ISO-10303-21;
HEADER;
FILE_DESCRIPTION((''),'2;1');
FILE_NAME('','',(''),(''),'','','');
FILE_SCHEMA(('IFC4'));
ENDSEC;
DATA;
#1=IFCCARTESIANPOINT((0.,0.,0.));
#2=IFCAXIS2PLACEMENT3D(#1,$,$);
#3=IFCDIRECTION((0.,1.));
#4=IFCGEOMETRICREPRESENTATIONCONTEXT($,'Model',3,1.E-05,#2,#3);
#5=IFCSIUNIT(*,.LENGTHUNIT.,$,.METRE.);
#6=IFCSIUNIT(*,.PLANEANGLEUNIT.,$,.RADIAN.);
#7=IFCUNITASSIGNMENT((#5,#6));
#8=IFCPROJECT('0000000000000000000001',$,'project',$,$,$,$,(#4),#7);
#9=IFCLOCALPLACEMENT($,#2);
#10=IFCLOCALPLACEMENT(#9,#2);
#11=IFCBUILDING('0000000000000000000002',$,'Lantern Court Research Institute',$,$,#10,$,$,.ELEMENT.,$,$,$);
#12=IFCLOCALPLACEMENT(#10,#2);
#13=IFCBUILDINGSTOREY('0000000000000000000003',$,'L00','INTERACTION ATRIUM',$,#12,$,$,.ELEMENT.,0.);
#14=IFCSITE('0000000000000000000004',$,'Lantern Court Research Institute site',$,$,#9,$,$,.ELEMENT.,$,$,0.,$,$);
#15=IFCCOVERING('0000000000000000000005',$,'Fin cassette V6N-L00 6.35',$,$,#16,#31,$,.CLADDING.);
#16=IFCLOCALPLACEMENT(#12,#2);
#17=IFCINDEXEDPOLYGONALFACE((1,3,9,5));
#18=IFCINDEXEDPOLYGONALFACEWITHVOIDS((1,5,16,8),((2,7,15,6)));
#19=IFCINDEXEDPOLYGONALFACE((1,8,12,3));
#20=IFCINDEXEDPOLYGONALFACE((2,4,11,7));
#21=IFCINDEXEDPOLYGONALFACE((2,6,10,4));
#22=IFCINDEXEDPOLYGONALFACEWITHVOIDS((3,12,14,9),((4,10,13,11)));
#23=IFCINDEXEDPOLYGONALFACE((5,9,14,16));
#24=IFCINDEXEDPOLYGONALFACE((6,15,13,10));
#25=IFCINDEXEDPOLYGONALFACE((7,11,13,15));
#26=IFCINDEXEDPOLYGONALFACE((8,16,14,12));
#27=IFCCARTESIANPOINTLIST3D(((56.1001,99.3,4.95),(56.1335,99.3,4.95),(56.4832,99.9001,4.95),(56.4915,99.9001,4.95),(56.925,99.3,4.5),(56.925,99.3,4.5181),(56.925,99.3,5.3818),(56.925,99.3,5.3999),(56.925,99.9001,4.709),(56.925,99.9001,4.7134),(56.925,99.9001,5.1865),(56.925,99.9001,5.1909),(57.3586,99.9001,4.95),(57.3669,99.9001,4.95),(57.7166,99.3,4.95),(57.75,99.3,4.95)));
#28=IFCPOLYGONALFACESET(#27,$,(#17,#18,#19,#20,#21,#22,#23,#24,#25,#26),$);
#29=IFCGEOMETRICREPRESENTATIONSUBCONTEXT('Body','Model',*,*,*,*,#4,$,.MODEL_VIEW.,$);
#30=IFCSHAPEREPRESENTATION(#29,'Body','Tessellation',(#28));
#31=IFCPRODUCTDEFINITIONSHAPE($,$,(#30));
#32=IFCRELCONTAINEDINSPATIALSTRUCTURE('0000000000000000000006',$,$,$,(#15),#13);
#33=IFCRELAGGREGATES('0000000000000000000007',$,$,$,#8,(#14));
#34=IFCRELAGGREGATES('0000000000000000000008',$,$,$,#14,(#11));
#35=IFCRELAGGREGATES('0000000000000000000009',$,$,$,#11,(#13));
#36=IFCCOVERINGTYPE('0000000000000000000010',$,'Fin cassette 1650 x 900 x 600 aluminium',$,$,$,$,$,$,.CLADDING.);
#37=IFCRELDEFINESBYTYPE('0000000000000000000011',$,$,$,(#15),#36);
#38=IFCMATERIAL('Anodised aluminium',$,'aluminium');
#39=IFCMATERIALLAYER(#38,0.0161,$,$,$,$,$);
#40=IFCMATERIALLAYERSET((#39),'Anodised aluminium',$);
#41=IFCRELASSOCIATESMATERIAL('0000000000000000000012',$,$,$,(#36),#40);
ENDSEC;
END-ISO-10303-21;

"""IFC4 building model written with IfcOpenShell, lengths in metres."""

from ifc_helpers import new_model, entity, si_unit, direction, frame, origin, place, context, subcontext, project, spatial, material, layer, layer_set, type_object, element, save


model = new_model("IFC4")

# Units and contexts
model_context = context("Model", 3, precision=1e-05, world=origin(), true_north=direction((0.0, 1.0)))
body_context = subcontext(model_context, "Body", "Model", "MODEL_VIEW")
ifc_project = project(units=[si_unit("LENGTHUNIT", "METRE"), si_unit("PLANEANGLEUNIT", "RADIAN")], contexts=[model_context])

# Site, building, storey
site_placement = place(None, origin())
site = spatial("IfcSite", under=ifc_project, at=site_placement, Name="Lantern Court Research Institute site", CompositionType="ELEMENT", RefElevation=0.0)
building_placement = place(site_placement, origin())
building = spatial("IfcBuilding", under=site, at=building_placement, Name="Lantern Court Research Institute", CompositionType="ELEMENT")
storey_placement = place(building_placement, origin())
storey = spatial("IfcBuildingStorey", under=building, at=storey_placement, Name="L00", Description="INTERACTION ATRIUM", CompositionType="ELEMENT", Elevation=0.0)

# Covering
ifc_material_1 = material(Name="Anodised aluminium", Category="aluminium")
ifc_layer_1 = layer(ifc_material_1, 0.0161)
ifc_layer_set_1 = layer_set([ifc_layer_1], Name="Anodised aluminium")
covering_type_1 = type_object("IfcCoveringType", Name="Fin cassette 1650 x 900 x 600 aluminium", PredefinedType="CLADDING", material=ifc_layer_set_1)
covering_1_placement = place(storey_placement, frame((56.925, 99.3, 4.95), z_axis=(0.0, 1.0, 0.0), x_axis=(-1.0, 0.0, 0.0)))
cartesian_point_1 = entity("IfcCartesianPoint", [0.825, 0.0])
cartesian_point_2 = entity("IfcCartesianPoint", [0.7915, 0.0])
cartesian_point_3 = entity("IfcCartesianPoint", [0.4419, 0.0])
cartesian_point_4 = entity("IfcCartesianPoint", [0.4336, 0.0])
element("IfcCovering", 1, at=covering_1_placement, inside=storey, type_object=covering_type_1, Name="Fin cassette V6N-L00 6.35", PredefinedType="CLADDING", context=body_context, shape_type="SweptSolid", body=[
    entity("IfcExtrudedAreaSolidTapered", entity("IfcArbitraryProfileDefWithVoids", "AREA", None, entity("IfcPolyline", [cartesian_point_1, entity("IfcCartesianPoint", [0.0, 0.45]), entity("IfcCartesianPoint", [-0.825, 0.0]), entity("IfcCartesianPoint", [0.0, -0.45]), cartesian_point_1]), [entity("IfcPolyline", [cartesian_point_2, entity("IfcCartesianPoint", [0.0, 0.4319]), entity("IfcCartesianPoint", [-0.7915, 0.0]), entity("IfcCartesianPoint", [0.0, -0.4319]), cartesian_point_2])]), entity("IfcAxis2Placement3D", entity("IfcCartesianPoint", [0.0, 0.0, 0.0])), entity("IfcDirection", [0.0, 0.0, 1.0]), 0.6001, entity("IfcArbitraryProfileDefWithVoids", "AREA", None, entity("IfcPolyline", [cartesian_point_3, entity("IfcCartesianPoint", [0.0, 0.241]), entity("IfcCartesianPoint", [-0.4419, 0.0]), entity("IfcCartesianPoint", [0.0, -0.241]), cartesian_point_3]), [entity("IfcPolyline", [cartesian_point_4, entity("IfcCartesianPoint", [0.0, 0.2366]), entity("IfcCartesianPoint", [-0.4336, 0.0]), entity("IfcCartesianPoint", [0.0, -0.2366]), cartesian_point_4])])),
])

save(model, "model.ifc")
